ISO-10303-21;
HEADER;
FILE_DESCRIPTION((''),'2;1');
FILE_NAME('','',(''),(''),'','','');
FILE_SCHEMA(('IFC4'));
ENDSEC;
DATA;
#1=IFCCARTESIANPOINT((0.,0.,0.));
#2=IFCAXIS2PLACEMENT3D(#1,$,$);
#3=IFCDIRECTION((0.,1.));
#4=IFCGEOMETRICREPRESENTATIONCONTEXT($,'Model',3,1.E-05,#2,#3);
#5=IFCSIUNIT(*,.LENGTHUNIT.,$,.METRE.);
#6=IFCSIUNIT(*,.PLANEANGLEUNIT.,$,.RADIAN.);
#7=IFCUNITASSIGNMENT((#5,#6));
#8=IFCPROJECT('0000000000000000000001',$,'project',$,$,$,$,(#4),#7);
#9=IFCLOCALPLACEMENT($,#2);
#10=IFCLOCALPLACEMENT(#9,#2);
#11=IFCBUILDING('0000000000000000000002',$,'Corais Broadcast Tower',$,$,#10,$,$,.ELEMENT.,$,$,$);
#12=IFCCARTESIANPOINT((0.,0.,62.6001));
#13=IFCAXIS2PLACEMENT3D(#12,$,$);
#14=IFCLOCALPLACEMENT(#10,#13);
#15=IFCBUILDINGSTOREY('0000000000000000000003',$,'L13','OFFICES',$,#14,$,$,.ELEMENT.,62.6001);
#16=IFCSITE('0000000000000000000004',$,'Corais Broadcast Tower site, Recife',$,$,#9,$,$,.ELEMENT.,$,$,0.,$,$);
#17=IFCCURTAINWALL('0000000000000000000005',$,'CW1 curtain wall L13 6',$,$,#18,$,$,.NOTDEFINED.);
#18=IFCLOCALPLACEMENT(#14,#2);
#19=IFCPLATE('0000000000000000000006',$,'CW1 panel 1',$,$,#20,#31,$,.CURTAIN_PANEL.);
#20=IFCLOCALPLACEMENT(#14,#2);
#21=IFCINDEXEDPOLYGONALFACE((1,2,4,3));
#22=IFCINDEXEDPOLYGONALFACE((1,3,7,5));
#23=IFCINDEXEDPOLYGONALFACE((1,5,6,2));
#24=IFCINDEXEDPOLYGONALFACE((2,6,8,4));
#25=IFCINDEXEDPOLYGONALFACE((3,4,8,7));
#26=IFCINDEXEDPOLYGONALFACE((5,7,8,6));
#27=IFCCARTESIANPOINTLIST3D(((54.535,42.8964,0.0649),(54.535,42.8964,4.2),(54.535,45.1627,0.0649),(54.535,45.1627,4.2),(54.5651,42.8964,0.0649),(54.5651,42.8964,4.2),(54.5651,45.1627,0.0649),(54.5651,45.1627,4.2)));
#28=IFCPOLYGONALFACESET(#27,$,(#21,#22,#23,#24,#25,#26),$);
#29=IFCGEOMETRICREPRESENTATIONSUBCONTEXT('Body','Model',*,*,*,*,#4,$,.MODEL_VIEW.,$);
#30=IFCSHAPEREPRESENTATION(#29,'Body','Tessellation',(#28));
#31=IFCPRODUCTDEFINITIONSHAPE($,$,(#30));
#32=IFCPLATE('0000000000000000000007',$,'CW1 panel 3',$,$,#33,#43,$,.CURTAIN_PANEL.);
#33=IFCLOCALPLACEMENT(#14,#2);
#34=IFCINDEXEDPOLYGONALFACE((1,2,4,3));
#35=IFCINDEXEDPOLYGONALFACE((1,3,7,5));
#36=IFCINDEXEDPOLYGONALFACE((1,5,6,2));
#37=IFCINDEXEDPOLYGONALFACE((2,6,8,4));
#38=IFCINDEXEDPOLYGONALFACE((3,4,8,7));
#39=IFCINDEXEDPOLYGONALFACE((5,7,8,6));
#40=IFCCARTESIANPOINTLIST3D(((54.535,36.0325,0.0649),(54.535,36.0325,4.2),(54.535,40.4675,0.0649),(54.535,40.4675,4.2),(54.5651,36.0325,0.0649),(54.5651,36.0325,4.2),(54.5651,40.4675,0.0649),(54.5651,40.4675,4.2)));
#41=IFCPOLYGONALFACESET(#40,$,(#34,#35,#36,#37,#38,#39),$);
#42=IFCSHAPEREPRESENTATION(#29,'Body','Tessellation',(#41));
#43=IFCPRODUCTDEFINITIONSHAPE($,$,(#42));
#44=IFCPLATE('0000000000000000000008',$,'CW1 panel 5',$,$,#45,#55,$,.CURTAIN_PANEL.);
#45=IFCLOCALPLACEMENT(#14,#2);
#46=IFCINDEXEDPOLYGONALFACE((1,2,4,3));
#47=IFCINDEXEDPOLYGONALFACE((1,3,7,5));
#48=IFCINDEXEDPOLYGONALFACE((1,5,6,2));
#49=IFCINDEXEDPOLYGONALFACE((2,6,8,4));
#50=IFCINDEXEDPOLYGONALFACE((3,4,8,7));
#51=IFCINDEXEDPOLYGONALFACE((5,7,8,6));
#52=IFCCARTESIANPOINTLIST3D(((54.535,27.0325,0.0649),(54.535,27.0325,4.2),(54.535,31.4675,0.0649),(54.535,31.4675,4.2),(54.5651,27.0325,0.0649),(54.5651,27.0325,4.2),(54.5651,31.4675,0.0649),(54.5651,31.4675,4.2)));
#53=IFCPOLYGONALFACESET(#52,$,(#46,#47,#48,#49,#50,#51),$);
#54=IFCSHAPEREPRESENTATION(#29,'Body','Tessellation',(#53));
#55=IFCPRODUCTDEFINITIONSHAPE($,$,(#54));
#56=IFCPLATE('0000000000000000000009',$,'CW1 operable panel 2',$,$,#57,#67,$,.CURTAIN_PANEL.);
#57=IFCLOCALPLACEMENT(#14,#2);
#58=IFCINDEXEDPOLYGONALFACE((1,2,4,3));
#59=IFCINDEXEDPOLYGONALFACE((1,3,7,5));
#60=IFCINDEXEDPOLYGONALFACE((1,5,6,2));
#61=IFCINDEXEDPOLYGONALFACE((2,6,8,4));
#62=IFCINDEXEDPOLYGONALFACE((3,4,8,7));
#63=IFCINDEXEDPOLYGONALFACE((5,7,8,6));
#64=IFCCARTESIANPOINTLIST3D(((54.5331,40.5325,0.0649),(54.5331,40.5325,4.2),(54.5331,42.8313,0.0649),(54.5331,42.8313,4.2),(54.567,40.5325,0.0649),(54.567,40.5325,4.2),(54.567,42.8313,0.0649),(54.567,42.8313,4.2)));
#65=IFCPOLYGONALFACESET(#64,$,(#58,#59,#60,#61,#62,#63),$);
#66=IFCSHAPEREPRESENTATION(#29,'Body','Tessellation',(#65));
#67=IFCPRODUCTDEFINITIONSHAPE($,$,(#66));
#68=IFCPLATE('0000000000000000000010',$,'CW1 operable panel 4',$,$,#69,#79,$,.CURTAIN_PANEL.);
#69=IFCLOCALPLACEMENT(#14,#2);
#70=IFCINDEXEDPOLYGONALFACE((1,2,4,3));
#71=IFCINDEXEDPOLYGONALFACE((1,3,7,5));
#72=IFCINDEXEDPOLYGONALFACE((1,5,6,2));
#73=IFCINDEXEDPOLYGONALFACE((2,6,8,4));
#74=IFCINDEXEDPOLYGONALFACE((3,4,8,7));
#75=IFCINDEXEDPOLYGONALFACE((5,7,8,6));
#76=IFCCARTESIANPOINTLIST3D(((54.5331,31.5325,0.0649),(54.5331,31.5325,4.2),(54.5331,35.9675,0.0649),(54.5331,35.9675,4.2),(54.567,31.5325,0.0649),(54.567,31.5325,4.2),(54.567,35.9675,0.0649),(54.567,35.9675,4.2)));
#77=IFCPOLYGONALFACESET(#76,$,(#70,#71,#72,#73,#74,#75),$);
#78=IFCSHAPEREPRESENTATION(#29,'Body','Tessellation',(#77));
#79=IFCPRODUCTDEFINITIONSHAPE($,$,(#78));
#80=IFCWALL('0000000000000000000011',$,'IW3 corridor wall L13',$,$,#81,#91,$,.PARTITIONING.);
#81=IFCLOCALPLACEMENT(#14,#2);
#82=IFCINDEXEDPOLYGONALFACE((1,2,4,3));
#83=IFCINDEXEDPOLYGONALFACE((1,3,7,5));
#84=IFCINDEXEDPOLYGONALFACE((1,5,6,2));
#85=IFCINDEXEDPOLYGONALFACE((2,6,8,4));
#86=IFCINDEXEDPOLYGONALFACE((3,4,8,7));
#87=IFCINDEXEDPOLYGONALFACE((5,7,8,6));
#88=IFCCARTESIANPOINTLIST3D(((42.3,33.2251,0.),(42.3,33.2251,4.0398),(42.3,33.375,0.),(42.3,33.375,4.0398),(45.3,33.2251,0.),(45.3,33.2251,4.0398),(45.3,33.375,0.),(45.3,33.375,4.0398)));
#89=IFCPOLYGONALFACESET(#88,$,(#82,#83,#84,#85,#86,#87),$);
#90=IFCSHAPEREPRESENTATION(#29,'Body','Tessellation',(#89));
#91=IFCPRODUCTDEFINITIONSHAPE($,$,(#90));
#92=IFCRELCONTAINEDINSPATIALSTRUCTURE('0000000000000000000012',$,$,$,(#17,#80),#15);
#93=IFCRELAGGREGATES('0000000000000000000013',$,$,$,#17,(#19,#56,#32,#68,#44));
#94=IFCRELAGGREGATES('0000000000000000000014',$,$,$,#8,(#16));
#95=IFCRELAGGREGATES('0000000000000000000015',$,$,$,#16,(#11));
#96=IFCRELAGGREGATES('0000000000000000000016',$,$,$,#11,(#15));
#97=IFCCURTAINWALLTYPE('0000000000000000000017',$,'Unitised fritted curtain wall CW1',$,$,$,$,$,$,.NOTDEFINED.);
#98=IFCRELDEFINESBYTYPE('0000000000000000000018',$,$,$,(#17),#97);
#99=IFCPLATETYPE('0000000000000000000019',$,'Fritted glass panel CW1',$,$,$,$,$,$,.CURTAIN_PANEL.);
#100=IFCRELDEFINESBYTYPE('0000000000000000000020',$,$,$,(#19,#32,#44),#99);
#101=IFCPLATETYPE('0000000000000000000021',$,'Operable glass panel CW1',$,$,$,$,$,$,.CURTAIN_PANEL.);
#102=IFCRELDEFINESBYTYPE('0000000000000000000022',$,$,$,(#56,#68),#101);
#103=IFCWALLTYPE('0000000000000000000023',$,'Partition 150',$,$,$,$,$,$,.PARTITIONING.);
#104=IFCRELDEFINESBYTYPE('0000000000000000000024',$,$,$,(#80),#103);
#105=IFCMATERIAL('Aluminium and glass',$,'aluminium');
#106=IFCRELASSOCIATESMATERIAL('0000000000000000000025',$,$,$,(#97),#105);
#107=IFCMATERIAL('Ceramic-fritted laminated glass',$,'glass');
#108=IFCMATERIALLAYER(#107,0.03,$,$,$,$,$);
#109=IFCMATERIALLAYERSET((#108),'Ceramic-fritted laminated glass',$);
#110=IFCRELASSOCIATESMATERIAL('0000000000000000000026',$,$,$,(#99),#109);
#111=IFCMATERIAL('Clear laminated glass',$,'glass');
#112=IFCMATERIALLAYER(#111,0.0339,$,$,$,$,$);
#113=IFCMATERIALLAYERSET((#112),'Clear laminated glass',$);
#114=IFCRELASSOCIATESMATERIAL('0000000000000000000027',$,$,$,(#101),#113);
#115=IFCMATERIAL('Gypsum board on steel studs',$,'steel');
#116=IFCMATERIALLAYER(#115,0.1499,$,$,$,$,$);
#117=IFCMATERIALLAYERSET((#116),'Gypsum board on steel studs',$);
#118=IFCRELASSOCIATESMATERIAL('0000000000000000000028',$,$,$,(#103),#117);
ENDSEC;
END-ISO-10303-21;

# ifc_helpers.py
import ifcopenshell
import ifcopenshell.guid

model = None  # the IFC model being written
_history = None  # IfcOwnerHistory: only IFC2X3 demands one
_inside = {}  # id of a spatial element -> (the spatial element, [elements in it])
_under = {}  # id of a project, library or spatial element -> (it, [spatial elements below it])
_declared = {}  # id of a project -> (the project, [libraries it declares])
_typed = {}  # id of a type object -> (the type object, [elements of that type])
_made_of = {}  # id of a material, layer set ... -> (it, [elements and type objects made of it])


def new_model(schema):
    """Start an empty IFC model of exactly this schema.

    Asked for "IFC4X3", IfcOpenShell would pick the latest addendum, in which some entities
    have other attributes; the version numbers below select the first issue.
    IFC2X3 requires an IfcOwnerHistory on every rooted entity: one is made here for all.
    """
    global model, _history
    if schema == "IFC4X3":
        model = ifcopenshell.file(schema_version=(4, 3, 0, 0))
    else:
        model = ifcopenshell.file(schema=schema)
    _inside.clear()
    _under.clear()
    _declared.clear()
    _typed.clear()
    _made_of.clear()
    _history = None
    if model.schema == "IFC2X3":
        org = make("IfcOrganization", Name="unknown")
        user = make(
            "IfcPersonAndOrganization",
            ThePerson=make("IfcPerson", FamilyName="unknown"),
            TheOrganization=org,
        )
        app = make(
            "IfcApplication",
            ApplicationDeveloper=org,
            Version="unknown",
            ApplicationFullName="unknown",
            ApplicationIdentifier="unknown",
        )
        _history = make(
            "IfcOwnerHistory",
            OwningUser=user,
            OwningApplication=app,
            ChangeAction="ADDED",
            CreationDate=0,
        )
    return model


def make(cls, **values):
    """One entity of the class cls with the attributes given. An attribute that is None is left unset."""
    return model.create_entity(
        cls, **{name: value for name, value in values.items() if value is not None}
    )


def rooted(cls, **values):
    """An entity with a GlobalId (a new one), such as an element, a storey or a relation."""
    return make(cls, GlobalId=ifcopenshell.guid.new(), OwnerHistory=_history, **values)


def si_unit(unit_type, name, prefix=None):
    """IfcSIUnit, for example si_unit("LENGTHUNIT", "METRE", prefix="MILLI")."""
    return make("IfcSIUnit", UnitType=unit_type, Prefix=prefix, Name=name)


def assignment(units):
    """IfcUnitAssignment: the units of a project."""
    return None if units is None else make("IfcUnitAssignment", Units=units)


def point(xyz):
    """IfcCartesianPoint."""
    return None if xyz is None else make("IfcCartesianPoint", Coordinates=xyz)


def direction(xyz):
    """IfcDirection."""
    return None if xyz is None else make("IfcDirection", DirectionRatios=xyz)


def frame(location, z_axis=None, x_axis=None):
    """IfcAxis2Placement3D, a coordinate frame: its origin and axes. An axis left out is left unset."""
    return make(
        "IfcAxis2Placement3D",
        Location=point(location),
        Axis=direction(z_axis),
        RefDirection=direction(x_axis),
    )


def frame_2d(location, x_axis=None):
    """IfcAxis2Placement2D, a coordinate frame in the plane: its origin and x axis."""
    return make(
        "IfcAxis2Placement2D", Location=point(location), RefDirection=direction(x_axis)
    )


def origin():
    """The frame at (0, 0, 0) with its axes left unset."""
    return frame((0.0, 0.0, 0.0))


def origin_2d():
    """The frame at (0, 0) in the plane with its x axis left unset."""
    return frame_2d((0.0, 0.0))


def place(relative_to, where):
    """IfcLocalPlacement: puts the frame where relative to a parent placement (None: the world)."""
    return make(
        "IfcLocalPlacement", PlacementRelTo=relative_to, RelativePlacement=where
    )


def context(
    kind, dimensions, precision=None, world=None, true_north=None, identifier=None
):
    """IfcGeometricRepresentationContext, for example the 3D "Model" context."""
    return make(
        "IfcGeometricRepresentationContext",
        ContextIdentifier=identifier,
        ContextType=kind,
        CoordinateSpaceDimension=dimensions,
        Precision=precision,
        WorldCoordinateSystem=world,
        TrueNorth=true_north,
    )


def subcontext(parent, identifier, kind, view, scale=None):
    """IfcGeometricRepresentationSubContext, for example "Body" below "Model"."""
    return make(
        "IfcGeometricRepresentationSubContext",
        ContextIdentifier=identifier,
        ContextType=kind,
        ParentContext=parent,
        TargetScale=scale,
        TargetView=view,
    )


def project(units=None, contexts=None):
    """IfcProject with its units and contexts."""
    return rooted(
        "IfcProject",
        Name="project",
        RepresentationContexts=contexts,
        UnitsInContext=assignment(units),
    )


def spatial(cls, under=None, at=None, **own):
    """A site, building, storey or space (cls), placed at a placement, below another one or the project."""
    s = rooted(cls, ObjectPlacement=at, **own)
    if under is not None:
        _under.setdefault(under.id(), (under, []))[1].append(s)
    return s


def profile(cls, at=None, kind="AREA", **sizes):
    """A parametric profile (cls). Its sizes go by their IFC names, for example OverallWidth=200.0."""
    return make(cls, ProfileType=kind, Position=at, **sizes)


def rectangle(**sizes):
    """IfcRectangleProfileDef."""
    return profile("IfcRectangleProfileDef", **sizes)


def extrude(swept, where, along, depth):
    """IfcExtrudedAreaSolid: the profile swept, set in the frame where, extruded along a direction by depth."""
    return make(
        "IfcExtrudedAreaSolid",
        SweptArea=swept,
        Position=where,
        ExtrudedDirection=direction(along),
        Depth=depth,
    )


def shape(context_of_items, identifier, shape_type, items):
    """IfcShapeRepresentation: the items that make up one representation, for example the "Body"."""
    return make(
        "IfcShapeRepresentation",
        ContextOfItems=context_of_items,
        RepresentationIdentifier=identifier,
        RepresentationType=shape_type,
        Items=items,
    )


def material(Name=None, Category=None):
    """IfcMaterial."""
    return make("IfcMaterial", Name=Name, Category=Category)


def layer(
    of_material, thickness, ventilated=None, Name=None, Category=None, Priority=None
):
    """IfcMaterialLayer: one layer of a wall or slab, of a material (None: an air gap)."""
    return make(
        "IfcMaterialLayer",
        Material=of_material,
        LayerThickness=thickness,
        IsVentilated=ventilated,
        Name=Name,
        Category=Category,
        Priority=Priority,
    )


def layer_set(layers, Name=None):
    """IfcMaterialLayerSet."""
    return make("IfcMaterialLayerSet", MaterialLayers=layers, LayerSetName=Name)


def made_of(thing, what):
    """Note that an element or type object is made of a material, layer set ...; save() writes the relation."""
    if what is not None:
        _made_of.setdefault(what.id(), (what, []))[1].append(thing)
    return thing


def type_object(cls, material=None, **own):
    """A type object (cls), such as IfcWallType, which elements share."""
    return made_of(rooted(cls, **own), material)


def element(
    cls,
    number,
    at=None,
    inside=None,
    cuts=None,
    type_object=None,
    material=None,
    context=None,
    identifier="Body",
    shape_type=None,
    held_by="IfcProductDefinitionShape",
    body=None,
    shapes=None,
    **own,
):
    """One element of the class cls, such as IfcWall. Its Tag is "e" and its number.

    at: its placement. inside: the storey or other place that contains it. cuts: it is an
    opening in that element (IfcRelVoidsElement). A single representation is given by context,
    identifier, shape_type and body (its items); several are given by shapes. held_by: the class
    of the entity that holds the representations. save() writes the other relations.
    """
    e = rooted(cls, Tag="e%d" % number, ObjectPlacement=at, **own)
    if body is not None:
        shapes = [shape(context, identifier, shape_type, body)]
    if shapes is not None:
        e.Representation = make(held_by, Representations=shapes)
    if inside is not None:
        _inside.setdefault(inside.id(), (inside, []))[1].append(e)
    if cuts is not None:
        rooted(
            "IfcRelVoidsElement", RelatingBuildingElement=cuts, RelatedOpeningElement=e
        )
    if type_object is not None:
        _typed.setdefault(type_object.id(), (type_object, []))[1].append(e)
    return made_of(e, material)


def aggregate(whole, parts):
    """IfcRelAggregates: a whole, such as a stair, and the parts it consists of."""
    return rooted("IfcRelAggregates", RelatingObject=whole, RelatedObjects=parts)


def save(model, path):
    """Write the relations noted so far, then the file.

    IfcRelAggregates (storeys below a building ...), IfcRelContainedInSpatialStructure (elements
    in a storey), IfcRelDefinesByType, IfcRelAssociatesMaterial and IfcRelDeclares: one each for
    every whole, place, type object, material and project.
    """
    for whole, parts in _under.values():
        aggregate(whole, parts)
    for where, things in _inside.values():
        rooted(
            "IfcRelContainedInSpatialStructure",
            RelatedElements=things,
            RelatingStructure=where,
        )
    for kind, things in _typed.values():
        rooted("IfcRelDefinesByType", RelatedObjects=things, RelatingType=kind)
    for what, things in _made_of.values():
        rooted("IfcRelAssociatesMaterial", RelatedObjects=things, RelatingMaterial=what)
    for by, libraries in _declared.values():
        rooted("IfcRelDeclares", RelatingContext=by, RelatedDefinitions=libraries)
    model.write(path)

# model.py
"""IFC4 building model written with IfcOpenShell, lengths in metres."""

from ifc_helpers import new_model, si_unit, direction, frame, frame_2d, origin, origin_2d, place, context, subcontext, project, spatial, rectangle, extrude, material, layer, layer_set, type_object, element, aggregate, save


model = new_model("IFC4")

# Units and contexts
model_context = context("Model", 3, precision=1e-05, world=origin(), true_north=direction((0.0, 1.0)))
body_context = subcontext(model_context, "Body", "Model", "MODEL_VIEW")
ifc_project = project(units=[si_unit("LENGTHUNIT", "METRE"), si_unit("PLANEANGLEUNIT", "RADIAN")], contexts=[model_context])

# Site, building, storey
site_placement = place(None, origin())
site = spatial("IfcSite", under=ifc_project, at=site_placement, Name="Corais Broadcast Tower site, Recife", CompositionType="ELEMENT", RefElevation=0.0)
building_placement = place(site_placement, origin())
building = spatial("IfcBuilding", under=site, at=building_placement, Name="Corais Broadcast Tower", CompositionType="ELEMENT")
storey_placement = place(building_placement, frame((0.0, 0.0, 62.6001)))
storey = spatial("IfcBuildingStorey", under=building, at=storey_placement, Name="L13", Description="OFFICES", CompositionType="ELEMENT", Elevation=62.6001)

# Curtain wall
ifc_material_1 = material(Name="Aluminium and glass", Category="aluminium")
curtain_wall_type = type_object("IfcCurtainWallType", Name="Unitised fritted curtain wall CW1", PredefinedType="NOTDEFINED", material=ifc_material_1)
curtain_wall_placement = place(storey_placement, origin())
curtain_wall = element("IfcCurtainWall", 1, at=curtain_wall_placement, inside=storey, type_object=curtain_wall_type, Name="CW1 curtain wall L13 6", PredefinedType="NOTDEFINED")

# Plates
ifc_material_2 = material(Name="Ceramic-fritted laminated glass", Category="glass")
ifc_layer_1 = layer(ifc_material_2, 0.03)
ifc_layer_set_1 = layer_set([ifc_layer_1], Name="Ceramic-fritted laminated glass")
plate_type_1 = type_object("IfcPlateType", Name="Fritted glass panel CW1", PredefinedType="CURTAIN_PANEL", material=ifc_layer_set_1)
plate_1_placement = place(storey_placement, frame((54.55, 44.0295, 0.0649), z_axis=(0.0, 0.0, 1.0), x_axis=(0.0, -1.0, 0.0)))
plate_1 = element("IfcPlate", 2, at=plate_1_placement, type_object=plate_type_1, Name="CW1 panel 1", PredefinedType="CURTAIN_PANEL", context=body_context, shape_type="SweptSolid", body=[
    extrude(rectangle(XDim=2.2664, YDim=0.03, at=origin_2d()), origin(), (0.0, 0.0, 1.0), 4.135),
])
plate_2_placement = place(storey_placement, frame((54.55, 38.25, 0.0649), z_axis=(0.0, 0.0, 1.0), x_axis=(0.0, -1.0, 0.0)))
plate_2 = element("IfcPlate", 3, at=plate_2_placement, type_object=plate_type_1, Name="CW1 panel 3", PredefinedType="CURTAIN_PANEL", context=body_context, shape_type="SweptSolid", body=[
    extrude(rectangle(XDim=4.4351, YDim=0.03, at=origin_2d()), origin(), (0.0, 0.0, 1.0), 4.135),
])
plate_3_placement = place(storey_placement, frame((54.55, 29.25, 0.0649), z_axis=(0.0, 0.0, 1.0), x_axis=(0.0, -1.0, 0.0)))
plate_3 = element("IfcPlate", 4, at=plate_3_placement, type_object=plate_type_1, Name="CW1 panel 5", PredefinedType="CURTAIN_PANEL", context=body_context, shape_type="SweptSolid", body=[
    extrude(rectangle(XDim=4.4351, YDim=0.03, at=origin_2d()), origin(), (0.0, 0.0, 1.0), 4.135),
])
ifc_material_3 = material(Name="Clear laminated glass", Category="glass")
ifc_layer_2 = layer(ifc_material_3, 0.0339)
ifc_layer_set_2 = layer_set([ifc_layer_2], Name="Clear laminated glass")
plate_type_2 = type_object("IfcPlateType", Name="Operable glass panel CW1", PredefinedType="CURTAIN_PANEL", material=ifc_layer_set_2)
plate_4_placement = place(storey_placement, frame((54.55, 41.6819, 0.0649), z_axis=(0.0, 0.0, 1.0), x_axis=(0.0, -1.0, 0.0)))
plate_4 = element("IfcPlate", 5, at=plate_4_placement, type_object=plate_type_2, Name="CW1 operable panel 2", PredefinedType="CURTAIN_PANEL", context=body_context, shape_type="SweptSolid", body=[
    extrude(rectangle(XDim=2.2988, YDim=0.0339, at=origin_2d()), origin(), (0.0, 0.0, 1.0), 4.135),
])
plate_5_placement = place(storey_placement, frame((54.55, 33.75, 0.0649), z_axis=(0.0, 0.0, 1.0), x_axis=(0.0, -1.0, 0.0)))
plate_5 = element("IfcPlate", 6, at=plate_5_placement, type_object=plate_type_2, Name="CW1 operable panel 4", PredefinedType="CURTAIN_PANEL", context=body_context, shape_type="SweptSolid", body=[
    extrude(rectangle(XDim=4.4351, YDim=0.0339, at=origin_2d()), origin(), (0.0, 0.0, 1.0), 4.135),
])
aggregate(curtain_wall, [plate_1, plate_4, plate_2, plate_5, plate_3])

# Wall
ifc_material_4 = material(Name="Gypsum board on steel studs", Category="steel")
ifc_layer_3 = layer(ifc_material_4, 0.1499)
ifc_layer_set_3 = layer_set([ifc_layer_3], Name="Gypsum board on steel studs")
wall_type = type_object("IfcWallType", Name="Partition 150", PredefinedType="PARTITIONING", material=ifc_layer_set_3)
wall_placement = place(storey_placement, frame((45.3, 33.3, 0.0), z_axis=(0.0, 0.0, 1.0), x_axis=(-1.0, 0.0, 0.0)))
element("IfcWall", 7, at=wall_placement, inside=storey, type_object=wall_type, Name="IW3 corridor wall L13", PredefinedType="PARTITIONING", context=body_context, shape_type="SweptSolid", body=[
    extrude(rectangle(XDim=3.0, YDim=0.1499, at=frame_2d((1.5, 0.0))), origin(), (0.0, 0.0, 1.0), 4.0398),
])

save(model, "model.ifc")
